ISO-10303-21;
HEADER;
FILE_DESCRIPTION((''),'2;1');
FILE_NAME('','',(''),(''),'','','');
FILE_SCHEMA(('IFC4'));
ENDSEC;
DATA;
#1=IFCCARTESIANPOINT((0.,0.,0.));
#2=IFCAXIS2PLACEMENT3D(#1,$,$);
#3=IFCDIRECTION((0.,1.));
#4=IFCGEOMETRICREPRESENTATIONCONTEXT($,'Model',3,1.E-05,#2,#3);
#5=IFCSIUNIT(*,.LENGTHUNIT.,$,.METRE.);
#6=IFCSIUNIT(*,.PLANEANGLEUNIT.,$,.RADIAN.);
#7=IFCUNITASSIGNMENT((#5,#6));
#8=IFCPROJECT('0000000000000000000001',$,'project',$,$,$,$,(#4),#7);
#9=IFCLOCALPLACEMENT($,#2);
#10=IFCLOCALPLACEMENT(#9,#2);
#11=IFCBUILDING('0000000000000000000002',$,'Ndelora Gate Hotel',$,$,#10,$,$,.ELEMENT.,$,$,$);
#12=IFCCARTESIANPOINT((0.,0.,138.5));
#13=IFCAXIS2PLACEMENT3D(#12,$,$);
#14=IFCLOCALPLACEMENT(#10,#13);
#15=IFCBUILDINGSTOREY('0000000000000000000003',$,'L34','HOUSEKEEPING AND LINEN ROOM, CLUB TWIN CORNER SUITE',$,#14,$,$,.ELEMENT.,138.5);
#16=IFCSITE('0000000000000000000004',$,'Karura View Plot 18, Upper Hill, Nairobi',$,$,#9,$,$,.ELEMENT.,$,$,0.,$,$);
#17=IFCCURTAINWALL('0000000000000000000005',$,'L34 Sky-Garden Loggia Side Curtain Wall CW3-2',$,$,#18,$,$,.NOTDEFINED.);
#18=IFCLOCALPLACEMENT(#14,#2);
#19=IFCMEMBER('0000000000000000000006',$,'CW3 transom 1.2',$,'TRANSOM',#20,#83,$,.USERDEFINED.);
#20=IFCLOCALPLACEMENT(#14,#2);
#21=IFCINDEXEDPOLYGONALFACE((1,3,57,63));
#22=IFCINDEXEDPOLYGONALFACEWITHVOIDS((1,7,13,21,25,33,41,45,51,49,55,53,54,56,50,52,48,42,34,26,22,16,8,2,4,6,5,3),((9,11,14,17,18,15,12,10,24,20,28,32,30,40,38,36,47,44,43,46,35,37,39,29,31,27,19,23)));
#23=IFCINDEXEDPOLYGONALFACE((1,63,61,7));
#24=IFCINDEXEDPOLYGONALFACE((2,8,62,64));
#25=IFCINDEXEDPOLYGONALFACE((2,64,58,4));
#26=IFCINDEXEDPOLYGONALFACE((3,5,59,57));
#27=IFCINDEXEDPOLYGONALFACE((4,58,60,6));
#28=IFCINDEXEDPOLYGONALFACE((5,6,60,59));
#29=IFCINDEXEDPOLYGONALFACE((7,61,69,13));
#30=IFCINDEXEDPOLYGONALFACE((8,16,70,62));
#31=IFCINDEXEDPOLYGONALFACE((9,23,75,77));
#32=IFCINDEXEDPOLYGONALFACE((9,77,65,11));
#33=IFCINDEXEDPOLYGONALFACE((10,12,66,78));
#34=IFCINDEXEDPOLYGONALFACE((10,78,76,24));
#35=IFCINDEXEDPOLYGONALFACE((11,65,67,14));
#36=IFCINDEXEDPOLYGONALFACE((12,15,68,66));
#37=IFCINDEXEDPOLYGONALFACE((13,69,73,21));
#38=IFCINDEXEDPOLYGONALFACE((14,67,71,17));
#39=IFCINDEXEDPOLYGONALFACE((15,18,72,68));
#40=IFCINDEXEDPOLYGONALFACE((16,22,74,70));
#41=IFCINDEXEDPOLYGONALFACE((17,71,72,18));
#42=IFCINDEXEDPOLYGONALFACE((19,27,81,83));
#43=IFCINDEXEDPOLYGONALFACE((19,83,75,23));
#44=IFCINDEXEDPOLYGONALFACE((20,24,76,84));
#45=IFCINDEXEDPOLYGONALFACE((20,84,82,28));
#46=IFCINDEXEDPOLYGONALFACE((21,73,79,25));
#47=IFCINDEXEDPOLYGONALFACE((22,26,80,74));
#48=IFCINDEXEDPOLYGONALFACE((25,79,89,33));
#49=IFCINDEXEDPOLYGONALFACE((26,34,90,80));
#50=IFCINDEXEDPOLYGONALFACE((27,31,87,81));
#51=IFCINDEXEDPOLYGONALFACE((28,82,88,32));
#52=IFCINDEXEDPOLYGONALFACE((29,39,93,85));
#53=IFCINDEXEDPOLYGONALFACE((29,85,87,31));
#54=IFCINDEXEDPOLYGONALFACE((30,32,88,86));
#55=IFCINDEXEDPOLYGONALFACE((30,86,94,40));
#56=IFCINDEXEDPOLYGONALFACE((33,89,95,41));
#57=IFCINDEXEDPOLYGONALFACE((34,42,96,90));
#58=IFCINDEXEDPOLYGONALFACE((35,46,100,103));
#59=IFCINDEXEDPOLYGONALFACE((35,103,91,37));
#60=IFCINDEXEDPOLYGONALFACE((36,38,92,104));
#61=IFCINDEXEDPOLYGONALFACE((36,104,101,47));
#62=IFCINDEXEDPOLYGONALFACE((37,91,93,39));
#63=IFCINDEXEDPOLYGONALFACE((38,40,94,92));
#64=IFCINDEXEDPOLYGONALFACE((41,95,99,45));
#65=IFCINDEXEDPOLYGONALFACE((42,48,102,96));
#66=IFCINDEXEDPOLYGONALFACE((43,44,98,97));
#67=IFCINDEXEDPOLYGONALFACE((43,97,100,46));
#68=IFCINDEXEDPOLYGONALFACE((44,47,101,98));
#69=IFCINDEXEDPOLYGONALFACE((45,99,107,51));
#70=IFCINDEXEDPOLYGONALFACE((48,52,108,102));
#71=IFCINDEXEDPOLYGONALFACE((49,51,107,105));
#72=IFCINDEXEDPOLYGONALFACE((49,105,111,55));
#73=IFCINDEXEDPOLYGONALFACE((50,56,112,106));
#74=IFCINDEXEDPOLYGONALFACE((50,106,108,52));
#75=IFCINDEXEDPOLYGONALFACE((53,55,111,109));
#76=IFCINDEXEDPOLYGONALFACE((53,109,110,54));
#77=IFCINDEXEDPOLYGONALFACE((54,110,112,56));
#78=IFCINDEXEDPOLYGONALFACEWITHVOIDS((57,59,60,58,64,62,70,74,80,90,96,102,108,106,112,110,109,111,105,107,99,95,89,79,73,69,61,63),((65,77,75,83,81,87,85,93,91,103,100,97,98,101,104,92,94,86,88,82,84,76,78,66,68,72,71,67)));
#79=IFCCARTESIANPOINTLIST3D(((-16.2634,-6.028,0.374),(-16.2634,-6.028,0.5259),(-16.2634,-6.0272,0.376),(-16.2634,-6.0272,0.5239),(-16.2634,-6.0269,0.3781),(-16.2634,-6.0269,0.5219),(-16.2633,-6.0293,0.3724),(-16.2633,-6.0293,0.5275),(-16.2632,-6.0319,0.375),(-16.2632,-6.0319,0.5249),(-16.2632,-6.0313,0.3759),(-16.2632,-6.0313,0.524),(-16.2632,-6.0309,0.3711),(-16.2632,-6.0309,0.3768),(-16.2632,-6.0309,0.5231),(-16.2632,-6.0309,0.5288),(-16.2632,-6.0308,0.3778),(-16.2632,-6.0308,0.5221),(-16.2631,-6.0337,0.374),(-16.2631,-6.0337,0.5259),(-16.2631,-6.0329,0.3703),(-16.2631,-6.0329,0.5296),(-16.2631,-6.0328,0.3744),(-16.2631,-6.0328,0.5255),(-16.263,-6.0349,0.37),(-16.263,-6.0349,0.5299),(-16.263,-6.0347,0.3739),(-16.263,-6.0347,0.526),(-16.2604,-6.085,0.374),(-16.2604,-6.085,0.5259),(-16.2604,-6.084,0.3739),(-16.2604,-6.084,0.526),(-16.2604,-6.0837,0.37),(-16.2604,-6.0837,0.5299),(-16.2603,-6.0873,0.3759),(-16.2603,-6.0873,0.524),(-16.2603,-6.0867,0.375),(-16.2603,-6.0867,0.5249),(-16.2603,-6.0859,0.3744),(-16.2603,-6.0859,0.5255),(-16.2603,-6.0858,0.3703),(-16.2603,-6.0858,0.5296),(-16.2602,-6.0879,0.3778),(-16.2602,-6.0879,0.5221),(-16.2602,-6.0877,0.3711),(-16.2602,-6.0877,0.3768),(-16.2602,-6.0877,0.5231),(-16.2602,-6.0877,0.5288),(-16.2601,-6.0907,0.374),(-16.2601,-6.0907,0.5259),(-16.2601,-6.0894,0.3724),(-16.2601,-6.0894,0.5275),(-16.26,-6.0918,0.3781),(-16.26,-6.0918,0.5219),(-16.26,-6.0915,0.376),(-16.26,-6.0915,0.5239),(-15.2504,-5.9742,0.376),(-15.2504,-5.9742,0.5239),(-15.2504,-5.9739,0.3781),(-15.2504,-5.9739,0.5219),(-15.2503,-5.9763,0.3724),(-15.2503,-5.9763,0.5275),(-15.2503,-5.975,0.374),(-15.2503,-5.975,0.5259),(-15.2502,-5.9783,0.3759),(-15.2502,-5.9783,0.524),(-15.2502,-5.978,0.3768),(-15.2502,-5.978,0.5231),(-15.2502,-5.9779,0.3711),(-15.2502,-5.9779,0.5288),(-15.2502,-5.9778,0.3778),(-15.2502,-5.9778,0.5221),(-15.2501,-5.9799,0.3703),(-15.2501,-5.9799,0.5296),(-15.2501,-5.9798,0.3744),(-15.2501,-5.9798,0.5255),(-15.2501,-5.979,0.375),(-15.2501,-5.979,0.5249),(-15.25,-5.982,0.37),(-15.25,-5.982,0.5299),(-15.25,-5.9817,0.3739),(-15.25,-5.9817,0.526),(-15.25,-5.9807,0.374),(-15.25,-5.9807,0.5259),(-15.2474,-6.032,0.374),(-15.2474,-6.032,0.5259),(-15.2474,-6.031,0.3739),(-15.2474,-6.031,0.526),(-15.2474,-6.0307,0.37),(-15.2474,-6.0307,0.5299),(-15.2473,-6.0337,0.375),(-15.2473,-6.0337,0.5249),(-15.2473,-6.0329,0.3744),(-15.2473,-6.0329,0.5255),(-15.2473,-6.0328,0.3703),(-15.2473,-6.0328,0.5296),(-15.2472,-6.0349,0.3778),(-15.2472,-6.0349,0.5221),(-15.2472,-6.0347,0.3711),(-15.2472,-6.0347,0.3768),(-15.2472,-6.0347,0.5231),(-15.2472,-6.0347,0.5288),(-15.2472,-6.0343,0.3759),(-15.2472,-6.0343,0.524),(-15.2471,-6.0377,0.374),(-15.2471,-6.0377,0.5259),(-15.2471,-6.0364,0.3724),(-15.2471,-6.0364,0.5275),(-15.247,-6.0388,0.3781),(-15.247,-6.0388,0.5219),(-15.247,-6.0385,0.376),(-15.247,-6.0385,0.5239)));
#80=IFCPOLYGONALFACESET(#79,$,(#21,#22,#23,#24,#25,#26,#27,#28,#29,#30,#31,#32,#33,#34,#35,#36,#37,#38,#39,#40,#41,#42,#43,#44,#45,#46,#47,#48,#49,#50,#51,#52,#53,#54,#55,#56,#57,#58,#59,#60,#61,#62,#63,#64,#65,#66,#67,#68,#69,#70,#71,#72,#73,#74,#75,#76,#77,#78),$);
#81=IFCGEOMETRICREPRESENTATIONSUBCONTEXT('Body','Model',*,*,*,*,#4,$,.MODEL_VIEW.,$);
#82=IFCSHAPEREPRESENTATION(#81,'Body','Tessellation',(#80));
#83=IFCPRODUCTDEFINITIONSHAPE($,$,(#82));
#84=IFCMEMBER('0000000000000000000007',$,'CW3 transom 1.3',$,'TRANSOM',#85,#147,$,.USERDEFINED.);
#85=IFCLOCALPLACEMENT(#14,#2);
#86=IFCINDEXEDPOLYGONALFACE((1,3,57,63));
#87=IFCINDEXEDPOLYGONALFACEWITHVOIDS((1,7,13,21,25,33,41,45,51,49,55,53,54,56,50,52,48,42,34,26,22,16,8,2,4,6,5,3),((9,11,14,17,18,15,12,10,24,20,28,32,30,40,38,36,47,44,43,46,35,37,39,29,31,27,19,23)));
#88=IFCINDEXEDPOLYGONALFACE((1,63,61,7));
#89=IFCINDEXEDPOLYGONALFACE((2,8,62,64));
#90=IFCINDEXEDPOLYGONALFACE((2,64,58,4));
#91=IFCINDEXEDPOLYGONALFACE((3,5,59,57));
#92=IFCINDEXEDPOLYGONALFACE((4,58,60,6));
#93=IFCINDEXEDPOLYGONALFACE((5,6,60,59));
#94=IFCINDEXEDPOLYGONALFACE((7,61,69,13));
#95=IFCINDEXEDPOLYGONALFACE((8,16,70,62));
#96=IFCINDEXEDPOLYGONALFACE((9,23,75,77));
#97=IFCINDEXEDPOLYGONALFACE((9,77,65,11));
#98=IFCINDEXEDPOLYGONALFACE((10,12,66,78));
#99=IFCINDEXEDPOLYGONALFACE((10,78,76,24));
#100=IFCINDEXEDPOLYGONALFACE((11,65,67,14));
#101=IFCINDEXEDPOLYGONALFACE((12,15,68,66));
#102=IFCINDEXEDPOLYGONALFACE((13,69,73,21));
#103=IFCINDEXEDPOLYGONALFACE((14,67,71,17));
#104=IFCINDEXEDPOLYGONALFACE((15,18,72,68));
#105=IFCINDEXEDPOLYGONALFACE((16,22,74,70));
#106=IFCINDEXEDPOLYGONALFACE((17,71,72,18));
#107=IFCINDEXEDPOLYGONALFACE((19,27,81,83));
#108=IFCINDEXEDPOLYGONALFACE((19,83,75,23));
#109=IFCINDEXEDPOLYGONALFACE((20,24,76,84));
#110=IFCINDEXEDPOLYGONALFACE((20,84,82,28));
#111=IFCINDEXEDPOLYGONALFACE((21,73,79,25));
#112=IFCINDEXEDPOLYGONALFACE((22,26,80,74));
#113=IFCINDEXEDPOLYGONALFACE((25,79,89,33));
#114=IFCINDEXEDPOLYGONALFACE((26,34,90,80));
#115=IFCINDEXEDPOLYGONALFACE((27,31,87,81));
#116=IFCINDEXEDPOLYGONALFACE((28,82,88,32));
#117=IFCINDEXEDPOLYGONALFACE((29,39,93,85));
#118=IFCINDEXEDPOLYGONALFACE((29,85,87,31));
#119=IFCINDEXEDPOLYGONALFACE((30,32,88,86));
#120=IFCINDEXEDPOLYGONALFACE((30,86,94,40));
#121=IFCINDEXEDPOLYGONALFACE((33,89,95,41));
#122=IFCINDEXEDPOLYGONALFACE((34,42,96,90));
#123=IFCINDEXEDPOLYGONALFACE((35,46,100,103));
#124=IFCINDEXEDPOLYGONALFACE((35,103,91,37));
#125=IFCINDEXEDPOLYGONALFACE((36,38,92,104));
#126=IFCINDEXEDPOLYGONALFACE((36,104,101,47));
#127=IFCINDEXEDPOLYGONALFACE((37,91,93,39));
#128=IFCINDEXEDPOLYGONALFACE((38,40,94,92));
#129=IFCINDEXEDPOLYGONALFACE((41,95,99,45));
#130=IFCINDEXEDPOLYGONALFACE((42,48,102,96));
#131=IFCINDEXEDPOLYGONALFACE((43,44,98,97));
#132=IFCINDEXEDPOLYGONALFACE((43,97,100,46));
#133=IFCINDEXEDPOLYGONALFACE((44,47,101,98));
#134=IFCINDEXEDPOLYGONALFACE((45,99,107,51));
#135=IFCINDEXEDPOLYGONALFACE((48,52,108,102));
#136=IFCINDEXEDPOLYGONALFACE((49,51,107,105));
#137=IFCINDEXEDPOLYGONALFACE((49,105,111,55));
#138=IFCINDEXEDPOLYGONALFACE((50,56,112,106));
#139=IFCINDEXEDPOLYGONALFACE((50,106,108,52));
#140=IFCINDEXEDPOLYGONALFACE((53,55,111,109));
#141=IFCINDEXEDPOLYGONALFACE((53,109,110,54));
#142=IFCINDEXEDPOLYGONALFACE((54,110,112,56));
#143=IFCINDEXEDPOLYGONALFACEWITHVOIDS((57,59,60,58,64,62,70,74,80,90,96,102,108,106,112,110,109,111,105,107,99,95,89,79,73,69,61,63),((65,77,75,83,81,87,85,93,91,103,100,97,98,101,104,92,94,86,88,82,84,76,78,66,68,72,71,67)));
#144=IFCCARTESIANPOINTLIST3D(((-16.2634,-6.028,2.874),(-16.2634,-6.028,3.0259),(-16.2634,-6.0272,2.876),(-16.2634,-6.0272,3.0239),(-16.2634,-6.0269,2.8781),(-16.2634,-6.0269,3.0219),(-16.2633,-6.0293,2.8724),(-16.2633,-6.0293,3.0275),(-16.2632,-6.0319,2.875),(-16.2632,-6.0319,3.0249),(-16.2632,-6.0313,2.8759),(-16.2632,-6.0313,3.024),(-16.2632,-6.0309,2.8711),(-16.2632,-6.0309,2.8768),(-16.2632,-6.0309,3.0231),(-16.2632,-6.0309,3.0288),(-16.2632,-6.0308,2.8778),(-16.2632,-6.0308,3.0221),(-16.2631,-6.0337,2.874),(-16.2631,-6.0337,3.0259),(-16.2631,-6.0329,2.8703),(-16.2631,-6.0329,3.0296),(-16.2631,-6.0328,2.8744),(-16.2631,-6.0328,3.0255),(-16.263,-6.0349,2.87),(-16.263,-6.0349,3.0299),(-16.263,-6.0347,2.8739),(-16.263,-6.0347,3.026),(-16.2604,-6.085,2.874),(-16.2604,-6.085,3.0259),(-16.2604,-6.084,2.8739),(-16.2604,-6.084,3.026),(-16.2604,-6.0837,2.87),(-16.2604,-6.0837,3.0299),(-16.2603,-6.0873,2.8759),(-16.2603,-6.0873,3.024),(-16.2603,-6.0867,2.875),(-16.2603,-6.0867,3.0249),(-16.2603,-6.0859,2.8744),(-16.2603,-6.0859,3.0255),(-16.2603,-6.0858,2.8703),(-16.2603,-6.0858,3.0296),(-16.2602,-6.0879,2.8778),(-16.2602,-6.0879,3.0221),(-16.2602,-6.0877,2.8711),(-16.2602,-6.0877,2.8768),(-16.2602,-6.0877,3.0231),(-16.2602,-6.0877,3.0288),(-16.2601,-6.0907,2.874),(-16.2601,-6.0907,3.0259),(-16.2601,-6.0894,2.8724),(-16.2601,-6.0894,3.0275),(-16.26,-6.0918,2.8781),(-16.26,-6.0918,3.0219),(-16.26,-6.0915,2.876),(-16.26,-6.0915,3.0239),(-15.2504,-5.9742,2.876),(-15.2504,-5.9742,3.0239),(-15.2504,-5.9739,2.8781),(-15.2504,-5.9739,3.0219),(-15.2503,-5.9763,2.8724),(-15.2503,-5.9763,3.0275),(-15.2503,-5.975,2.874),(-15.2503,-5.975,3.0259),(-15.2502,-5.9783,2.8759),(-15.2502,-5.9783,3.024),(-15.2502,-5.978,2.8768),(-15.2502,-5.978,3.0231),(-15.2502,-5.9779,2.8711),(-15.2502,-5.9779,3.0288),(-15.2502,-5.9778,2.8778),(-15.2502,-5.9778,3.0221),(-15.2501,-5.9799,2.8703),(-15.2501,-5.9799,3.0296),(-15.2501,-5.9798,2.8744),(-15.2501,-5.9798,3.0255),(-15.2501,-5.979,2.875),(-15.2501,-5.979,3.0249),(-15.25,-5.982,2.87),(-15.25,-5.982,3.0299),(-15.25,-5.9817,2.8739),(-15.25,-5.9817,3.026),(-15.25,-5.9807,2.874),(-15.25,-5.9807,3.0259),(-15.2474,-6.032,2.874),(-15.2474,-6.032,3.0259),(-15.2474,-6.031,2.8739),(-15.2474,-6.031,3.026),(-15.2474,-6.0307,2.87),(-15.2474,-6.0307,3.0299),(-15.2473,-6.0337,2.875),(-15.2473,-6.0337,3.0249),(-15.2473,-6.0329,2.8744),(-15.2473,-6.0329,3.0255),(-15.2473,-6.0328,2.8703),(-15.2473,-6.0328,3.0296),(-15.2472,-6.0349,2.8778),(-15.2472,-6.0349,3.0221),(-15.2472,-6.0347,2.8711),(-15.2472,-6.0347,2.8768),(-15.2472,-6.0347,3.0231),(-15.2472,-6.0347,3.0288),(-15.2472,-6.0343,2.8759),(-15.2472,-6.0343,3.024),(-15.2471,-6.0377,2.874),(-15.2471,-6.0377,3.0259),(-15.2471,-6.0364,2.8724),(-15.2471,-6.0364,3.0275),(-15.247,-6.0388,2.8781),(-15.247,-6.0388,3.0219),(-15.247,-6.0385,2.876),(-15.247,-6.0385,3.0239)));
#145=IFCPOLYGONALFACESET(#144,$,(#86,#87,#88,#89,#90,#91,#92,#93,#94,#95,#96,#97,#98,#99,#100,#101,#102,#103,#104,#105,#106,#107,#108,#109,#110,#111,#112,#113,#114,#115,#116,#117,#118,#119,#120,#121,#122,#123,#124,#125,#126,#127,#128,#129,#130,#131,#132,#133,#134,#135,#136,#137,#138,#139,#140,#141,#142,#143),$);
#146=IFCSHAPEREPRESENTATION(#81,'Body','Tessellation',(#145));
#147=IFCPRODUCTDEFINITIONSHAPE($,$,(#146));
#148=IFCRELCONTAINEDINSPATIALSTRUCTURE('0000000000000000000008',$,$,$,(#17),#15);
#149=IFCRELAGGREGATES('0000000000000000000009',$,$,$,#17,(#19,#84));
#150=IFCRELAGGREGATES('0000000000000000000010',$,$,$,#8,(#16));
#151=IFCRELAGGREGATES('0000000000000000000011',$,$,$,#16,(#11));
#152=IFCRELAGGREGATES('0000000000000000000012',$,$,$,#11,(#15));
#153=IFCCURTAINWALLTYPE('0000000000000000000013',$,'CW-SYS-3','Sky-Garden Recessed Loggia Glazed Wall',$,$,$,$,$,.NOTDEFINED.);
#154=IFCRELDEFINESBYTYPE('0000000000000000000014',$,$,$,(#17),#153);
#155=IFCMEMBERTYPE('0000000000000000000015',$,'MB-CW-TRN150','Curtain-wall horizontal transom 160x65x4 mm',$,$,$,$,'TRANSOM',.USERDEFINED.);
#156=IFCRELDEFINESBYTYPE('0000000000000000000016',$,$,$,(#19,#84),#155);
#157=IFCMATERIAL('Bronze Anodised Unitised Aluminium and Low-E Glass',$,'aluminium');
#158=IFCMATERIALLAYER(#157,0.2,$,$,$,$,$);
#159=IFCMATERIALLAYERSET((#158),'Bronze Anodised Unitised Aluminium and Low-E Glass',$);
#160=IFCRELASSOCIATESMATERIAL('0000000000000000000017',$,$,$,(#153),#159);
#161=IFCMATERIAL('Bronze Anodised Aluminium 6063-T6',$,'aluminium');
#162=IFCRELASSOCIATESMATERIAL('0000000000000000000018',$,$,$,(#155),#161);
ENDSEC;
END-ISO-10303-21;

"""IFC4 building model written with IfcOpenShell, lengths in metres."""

from ifc_helpers import new_model, si_unit, direction, frame, origin, origin_2d, place, context, subcontext, project, spatial, hollow_rectangle, extrude, material, layer, layer_set, material_profile, profile_set, type_object, element, aggregate, save


model = new_model("IFC4")

# Units and contexts
model_context = context("Model", 3, precision=1e-05, world=origin(), true_north=direction((0.0, 1.0)))
body_context = subcontext(model_context, "Body", "Model", "MODEL_VIEW")
ifc_project = project(units=[si_unit("LENGTHUNIT", "METRE"), si_unit("PLANEANGLEUNIT", "RADIAN")], contexts=[model_context])

# Site, building, storey
site_placement = place(None, origin())
site = spatial("IfcSite", under=ifc_project, at=site_placement, Name="Karura View Plot 18, Upper Hill, Nairobi", CompositionType="ELEMENT", RefElevation=0.0)
building_placement = place(site_placement, origin())
building = spatial("IfcBuilding", under=site, at=building_placement, Name="Ndelora Gate Hotel", CompositionType="ELEMENT")
storey_placement = place(building_placement, frame((0.0, 0.0, 138.5)))
storey = spatial("IfcBuildingStorey", under=building, at=storey_placement, Name="L34", Description="HOUSEKEEPING AND LINEN ROOM, CLUB TWIN CORNER SUITE", CompositionType="ELEMENT", Elevation=138.5)

# Curtain wall, members
ifc_material_1 = material(Name="Bronze Anodised Unitised Aluminium and Low-E Glass", Category="aluminium")
ifc_layer_1 = layer(ifc_material_1, 0.2)
ifc_layer_set_1 = layer_set([ifc_layer_1], Name="Bronze Anodised Unitised Aluminium and Low-E Glass")
curtain_wall_type = type_object("IfcCurtainWallType", Name="CW-SYS-3", Description="Sky-Garden Recessed Loggia Glazed Wall", PredefinedType="NOTDEFINED", material=ifc_layer_set_1)
curtain_wall_placement = place(storey_placement, origin())
curtain_wall = element("IfcCurtainWall", 1, at=curtain_wall_placement, inside=storey, type_object=curtain_wall_type, Name="L34 Sky-Garden Loggia Side Curtain Wall CW3-2", PredefinedType="NOTDEFINED")
ifc_material_2 = material(Name="Bronze Anodised Aluminium 6063-T6", Category="aluminium")
ifc_material_profile_1 = material_profile(ifc_material_2, hollow_rectangle(XDim=0.0649, YDim=0.1599, WallThickness=0.0039, InnerFilletRadius=0.0039, OuterFilletRadius=0.0081, at=origin_2d()), Name="ALU 160x65x4")
ifc_profile_set_1 = profile_set([ifc_material_profile_1], Name="Bronze Anodised Aluminium 6063-T6")
member_type_1 = type_object("IfcMemberType", Name="MB-CW-TRN150", Description="Curtain-wall horizontal transom 160x65x4 mm", ElementType="TRANSOM", PredefinedType="USERDEFINED", material=ifc_profile_set_1)
member_1_placement = place(storey_placement, frame((-16.2617, -6.0593, 0.45), z_axis=(0.998635, 0.05223, 0.0), x_axis=(-0.05223, 0.998635, 0.0)))
member_1 = element("IfcMember", 2, at=member_1_placement, type_object=member_type_1, Name="CW3 transom 1.2", ObjectType="TRANSOM", PredefinedType="USERDEFINED", context=body_context, shape_type="SweptSolid", body=[
    extrude(hollow_rectangle(XDim=0.0649, YDim=0.1599, WallThickness=0.0039, InnerFilletRadius=0.0039, OuterFilletRadius=0.0081, at=origin_2d()), origin(), (0.0, 0.0, 1.0), 1.0144),
])
member_2_placement = place(storey_placement, frame((-16.2617, -6.0593, 2.95), z_axis=(0.998635, 0.05223, 0.0), x_axis=(-0.05223, 0.998635, 0.0)))
member_2 = element("IfcMember", 3, at=member_2_placement, type_object=member_type_1, Name="CW3 transom 1.3", ObjectType="TRANSOM", PredefinedType="USERDEFINED", context=body_context, shape_type="SweptSolid", body=[
    extrude(hollow_rectangle(XDim=0.0649, YDim=0.1599, WallThickness=0.0039, InnerFilletRadius=0.0039, OuterFilletRadius=0.0081, at=origin_2d()), origin(), (0.0, 0.0, 1.0), 1.0144),
])
aggregate(curtain_wall, [member_1, member_2])

save(model, "model.ifc")
